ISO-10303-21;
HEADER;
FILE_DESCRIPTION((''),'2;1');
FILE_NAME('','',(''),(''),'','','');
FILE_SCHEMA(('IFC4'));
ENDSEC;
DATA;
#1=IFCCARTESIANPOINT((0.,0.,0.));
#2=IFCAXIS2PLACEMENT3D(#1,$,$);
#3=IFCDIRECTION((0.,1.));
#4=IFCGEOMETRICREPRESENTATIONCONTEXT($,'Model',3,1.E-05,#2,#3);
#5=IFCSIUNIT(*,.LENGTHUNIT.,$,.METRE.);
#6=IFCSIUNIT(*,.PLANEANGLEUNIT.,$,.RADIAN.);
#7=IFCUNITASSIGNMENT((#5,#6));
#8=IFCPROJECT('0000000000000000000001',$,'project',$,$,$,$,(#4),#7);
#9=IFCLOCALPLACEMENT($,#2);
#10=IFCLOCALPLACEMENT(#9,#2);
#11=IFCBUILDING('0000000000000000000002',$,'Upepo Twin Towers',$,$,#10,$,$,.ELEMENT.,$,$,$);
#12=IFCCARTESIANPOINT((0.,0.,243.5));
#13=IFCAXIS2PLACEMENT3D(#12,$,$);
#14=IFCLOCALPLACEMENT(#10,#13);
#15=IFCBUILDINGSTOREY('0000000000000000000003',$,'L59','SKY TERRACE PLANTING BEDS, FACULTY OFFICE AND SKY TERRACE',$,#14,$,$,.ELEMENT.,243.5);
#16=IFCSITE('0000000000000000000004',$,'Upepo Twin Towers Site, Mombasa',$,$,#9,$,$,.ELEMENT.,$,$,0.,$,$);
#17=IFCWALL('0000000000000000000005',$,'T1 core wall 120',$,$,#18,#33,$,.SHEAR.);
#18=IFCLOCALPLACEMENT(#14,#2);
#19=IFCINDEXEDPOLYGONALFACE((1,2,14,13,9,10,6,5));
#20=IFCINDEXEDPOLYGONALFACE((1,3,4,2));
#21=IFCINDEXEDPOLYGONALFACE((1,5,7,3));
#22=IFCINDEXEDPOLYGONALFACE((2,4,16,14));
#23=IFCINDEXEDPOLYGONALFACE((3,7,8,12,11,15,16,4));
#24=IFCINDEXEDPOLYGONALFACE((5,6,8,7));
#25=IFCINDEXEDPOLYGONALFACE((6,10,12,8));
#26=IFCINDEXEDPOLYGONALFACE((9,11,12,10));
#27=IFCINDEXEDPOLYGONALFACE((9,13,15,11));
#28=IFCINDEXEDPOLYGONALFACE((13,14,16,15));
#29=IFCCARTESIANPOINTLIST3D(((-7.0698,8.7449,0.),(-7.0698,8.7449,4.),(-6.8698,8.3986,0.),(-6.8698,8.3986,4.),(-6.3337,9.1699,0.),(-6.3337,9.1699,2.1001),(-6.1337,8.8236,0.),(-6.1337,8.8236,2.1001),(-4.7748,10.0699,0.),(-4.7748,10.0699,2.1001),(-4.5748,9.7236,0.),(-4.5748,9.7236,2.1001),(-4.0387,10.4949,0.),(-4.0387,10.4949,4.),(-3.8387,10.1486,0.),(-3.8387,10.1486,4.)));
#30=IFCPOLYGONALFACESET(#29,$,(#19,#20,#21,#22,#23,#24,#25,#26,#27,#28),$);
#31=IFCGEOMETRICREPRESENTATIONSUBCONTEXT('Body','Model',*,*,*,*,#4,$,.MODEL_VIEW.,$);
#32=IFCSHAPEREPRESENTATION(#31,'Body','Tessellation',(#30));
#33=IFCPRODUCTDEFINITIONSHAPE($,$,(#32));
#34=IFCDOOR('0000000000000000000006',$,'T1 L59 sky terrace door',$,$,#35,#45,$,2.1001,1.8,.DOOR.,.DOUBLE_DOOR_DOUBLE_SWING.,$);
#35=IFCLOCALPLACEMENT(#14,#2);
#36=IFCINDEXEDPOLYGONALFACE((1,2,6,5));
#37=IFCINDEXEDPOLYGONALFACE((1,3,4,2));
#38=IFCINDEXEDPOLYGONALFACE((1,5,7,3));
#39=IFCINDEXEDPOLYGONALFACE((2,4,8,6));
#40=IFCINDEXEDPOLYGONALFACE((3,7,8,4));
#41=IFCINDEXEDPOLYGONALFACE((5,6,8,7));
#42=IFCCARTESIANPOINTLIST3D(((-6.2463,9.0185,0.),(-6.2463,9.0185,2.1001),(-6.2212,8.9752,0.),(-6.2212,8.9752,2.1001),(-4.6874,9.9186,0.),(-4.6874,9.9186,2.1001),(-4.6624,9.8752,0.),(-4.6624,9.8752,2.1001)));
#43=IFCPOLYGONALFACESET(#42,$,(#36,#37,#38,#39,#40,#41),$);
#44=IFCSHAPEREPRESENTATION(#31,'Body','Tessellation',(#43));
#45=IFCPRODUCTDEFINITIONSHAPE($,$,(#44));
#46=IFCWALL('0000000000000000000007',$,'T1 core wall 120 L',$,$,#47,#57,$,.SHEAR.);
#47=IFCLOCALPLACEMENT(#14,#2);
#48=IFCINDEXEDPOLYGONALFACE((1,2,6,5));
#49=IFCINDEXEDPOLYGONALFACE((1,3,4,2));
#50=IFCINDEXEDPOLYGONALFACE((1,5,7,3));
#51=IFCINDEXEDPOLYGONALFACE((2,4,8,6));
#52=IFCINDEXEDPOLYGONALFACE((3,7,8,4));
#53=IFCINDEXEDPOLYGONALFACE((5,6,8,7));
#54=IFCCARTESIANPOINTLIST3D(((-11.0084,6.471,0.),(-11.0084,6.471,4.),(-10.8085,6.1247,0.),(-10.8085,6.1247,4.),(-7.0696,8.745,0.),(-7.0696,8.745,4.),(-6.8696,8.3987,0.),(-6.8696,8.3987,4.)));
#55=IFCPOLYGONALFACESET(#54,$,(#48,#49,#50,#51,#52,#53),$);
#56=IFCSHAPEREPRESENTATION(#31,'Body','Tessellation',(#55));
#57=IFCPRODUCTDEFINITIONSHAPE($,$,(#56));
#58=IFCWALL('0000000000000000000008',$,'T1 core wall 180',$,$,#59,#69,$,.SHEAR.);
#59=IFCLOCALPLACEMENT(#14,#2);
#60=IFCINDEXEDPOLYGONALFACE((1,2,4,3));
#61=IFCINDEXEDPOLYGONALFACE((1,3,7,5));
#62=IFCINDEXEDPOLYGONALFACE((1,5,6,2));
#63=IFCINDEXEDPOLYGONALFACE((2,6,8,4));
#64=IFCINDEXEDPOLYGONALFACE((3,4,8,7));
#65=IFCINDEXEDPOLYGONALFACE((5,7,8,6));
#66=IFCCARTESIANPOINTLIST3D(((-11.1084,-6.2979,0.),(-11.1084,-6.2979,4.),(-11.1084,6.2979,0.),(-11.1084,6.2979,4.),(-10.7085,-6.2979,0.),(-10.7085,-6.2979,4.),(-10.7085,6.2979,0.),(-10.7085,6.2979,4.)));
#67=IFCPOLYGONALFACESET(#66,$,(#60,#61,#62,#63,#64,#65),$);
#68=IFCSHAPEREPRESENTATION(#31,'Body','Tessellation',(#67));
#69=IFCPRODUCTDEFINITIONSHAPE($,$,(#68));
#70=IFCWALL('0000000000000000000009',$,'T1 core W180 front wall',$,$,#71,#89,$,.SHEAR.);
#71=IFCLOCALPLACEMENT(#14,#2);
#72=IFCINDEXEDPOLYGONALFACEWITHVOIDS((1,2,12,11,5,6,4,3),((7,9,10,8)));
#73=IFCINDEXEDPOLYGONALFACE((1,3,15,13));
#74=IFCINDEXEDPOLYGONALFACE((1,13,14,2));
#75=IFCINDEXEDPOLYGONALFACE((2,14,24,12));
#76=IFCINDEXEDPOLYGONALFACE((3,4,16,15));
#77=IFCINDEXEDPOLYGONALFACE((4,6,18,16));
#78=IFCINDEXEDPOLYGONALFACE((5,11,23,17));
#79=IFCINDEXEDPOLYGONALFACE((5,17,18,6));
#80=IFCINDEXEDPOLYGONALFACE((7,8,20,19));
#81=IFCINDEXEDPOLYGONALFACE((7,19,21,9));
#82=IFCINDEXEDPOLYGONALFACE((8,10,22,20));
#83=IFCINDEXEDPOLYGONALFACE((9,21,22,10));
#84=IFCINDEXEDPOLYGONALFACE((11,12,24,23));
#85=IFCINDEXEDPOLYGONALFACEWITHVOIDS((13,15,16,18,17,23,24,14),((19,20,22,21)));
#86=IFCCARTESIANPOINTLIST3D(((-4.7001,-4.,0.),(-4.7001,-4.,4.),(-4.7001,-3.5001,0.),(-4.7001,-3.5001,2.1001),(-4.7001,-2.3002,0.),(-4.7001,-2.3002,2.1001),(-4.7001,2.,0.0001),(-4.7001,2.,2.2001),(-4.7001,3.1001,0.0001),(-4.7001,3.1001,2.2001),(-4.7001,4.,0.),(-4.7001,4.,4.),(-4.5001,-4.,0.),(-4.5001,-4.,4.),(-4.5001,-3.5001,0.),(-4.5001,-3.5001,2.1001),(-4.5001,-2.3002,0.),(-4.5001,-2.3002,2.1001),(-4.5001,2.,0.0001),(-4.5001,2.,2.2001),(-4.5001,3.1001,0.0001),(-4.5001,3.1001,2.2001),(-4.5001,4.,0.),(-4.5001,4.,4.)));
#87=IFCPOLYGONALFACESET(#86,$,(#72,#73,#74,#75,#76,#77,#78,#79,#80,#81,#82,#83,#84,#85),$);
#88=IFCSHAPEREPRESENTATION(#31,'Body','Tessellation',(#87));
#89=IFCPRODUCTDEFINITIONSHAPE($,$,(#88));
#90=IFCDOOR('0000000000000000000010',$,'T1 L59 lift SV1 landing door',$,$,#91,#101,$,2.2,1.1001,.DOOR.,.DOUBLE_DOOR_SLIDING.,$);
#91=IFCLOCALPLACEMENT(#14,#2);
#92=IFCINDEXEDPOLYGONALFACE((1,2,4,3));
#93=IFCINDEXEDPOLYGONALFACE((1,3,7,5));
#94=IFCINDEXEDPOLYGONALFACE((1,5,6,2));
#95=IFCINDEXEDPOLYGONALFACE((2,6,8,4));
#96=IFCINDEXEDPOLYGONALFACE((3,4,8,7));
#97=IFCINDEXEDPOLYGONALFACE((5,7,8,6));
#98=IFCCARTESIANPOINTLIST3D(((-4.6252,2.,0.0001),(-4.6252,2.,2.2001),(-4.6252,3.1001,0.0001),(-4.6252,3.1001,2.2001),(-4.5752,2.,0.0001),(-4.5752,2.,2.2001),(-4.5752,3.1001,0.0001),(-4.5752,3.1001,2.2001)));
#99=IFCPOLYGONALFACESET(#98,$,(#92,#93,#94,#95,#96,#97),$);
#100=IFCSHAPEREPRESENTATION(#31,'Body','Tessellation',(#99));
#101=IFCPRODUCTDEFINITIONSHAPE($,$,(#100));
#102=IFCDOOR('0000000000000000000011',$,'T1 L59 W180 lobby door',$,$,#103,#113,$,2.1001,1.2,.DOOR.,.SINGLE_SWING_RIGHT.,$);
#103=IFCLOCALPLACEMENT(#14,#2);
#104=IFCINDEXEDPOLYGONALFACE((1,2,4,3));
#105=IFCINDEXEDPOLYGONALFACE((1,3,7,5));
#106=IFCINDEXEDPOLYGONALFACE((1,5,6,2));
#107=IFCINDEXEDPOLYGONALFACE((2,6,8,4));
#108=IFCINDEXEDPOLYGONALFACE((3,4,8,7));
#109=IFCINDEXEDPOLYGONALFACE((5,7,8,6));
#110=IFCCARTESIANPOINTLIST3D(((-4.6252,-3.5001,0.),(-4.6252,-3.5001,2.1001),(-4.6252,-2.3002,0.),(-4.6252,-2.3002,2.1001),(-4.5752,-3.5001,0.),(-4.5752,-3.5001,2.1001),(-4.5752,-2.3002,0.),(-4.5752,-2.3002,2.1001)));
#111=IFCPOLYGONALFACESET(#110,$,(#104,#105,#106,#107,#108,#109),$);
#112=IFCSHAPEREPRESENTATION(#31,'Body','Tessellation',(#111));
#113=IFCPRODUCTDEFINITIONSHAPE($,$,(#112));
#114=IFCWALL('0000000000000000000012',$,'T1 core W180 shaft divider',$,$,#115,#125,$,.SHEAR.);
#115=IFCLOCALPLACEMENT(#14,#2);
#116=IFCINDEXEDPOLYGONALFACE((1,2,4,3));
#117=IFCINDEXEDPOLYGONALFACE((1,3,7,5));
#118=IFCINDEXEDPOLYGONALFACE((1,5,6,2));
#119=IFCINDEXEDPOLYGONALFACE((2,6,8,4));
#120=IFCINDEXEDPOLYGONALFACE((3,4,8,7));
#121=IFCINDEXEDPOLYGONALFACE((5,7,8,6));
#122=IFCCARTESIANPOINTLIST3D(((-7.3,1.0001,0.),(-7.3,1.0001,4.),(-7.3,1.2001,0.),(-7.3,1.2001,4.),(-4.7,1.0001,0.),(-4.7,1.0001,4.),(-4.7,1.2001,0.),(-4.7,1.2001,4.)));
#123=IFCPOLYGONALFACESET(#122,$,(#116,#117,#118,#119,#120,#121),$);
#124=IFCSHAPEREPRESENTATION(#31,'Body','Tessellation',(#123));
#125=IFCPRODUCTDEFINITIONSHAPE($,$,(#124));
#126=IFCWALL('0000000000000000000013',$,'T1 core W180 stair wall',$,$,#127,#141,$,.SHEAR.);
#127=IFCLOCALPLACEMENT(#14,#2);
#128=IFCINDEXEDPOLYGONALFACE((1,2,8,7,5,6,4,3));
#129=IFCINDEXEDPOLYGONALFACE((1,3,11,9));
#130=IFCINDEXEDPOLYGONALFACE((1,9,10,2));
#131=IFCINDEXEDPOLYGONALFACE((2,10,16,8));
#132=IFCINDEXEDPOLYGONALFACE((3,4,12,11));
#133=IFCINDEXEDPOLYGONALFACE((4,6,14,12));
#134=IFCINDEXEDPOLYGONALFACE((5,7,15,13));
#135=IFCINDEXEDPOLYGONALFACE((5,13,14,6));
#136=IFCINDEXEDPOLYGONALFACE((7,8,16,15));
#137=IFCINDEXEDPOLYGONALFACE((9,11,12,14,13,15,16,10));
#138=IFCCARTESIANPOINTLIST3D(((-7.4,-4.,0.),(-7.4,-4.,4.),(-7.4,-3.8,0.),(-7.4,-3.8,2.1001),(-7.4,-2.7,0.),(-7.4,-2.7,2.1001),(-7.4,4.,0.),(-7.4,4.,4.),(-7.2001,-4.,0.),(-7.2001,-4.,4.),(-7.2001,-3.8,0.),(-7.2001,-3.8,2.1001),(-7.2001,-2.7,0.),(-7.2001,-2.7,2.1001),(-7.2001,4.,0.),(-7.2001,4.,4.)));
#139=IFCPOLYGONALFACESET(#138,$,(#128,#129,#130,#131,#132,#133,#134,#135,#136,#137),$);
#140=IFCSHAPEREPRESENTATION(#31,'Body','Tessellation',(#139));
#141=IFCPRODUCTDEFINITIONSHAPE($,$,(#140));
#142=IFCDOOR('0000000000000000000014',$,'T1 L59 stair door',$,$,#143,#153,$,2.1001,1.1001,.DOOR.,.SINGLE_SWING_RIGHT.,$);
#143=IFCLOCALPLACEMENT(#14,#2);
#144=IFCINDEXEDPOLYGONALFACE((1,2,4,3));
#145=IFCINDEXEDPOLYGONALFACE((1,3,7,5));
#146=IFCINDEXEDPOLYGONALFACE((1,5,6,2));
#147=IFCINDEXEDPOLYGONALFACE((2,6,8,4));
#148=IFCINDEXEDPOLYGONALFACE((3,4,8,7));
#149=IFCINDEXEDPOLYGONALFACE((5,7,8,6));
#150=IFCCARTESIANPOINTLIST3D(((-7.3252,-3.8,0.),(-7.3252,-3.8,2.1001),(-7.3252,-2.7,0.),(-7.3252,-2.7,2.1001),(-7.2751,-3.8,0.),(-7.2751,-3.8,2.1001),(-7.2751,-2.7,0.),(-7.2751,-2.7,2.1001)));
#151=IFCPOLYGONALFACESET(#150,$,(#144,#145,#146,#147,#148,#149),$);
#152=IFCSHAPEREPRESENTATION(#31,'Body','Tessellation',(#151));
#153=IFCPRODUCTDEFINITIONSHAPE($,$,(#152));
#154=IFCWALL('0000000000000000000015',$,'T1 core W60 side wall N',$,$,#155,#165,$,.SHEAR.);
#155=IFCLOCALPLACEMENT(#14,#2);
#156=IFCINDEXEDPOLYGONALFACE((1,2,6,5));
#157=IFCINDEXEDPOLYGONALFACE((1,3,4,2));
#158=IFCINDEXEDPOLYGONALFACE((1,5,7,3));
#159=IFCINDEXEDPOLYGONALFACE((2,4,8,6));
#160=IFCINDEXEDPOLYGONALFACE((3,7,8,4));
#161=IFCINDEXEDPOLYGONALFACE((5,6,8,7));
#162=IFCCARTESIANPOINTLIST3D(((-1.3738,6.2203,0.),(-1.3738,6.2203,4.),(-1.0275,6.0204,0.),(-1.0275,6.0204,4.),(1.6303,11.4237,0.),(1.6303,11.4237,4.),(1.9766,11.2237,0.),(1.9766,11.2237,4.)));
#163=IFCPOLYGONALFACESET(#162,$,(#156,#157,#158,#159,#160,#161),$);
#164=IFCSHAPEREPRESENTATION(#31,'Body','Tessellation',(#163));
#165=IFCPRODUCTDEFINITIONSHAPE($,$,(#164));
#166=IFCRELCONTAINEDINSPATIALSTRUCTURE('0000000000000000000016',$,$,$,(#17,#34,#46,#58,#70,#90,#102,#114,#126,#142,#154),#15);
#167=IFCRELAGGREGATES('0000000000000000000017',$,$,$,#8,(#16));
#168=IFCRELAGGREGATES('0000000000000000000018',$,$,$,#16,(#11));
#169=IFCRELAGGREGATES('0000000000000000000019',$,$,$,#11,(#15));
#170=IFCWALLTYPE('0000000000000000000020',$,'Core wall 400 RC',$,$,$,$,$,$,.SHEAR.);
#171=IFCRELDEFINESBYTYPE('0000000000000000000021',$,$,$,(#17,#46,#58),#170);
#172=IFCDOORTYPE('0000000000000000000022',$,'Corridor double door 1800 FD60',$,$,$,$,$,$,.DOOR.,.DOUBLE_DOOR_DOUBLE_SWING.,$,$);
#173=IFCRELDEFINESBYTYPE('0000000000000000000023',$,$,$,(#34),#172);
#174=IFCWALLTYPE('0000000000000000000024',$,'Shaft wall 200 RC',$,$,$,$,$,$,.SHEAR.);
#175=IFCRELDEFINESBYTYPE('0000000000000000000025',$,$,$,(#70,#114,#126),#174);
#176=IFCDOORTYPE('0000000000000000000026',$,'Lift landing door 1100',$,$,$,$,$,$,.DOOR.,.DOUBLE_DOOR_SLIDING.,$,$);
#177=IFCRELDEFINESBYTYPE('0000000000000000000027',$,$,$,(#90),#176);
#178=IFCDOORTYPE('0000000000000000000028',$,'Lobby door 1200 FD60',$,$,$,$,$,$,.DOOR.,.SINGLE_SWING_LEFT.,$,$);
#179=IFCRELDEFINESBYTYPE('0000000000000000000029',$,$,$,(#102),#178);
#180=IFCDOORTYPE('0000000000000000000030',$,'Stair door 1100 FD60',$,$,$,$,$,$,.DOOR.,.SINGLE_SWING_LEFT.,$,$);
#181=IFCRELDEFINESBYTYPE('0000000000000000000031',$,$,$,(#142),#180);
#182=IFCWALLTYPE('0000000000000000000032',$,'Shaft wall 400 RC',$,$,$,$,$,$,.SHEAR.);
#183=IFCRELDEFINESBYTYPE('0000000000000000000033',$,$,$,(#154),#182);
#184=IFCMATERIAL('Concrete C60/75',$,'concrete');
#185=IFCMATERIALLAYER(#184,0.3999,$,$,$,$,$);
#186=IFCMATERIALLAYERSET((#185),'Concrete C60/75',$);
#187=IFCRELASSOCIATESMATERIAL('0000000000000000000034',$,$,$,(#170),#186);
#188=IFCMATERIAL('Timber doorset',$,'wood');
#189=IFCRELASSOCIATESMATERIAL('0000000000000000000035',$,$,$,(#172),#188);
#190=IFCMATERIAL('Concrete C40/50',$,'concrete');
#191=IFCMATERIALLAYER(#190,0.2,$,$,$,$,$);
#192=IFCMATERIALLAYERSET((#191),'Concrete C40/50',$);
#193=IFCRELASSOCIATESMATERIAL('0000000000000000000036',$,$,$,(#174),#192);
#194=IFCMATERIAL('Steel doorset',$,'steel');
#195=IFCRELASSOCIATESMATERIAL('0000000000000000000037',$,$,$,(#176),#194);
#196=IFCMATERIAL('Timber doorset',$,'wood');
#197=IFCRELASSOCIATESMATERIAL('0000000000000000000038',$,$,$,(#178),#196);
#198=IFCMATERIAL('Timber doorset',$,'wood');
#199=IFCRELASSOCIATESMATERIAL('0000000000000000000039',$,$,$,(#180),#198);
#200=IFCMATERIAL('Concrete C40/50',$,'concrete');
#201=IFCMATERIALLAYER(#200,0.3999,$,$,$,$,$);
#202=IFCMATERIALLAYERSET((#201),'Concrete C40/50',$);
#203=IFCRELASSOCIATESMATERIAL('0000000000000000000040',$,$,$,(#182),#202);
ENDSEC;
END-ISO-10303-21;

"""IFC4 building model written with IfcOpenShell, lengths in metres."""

from ifc_helpers import new_model, si_unit, direction, frame, frame_2d, origin, place, context, subcontext, project, spatial, rectangle, extrude, material, layer, layer_set, type_object, element, fill, save


model = new_model("IFC4")

# Units and contexts
model_context = context("Model", 3, precision=1e-05, world=origin(), true_north=direction((0.0, 1.0)))
body_context = subcontext(model_context, "Body", "Model", "MODEL_VIEW")
ifc_project = project(units=[si_unit("LENGTHUNIT", "METRE"), si_unit("PLANEANGLEUNIT", "RADIAN")], contexts=[model_context])

# Site, building, storey
site_placement = place(None, origin())
site = spatial("IfcSite", under=ifc_project, at=site_placement, Name="Upepo Twin Towers Site, Mombasa", CompositionType="ELEMENT", RefElevation=0.0)
building_placement = place(site_placement, origin())
building = spatial("IfcBuilding", under=site, at=building_placement, Name="Upepo Twin Towers", CompositionType="ELEMENT")
storey_placement = place(building_placement, frame((0.0, 0.0, 243.5)))
storey = spatial("IfcBuildingStorey", under=building, at=storey_placement, Name="L59", Description="SKY TERRACE PLANTING BEDS, FACULTY OFFICE AND SKY TERRACE", CompositionType="ELEMENT", Elevation=243.5)

# Wall, opening, door
ifc_material_1 = material(Name="Concrete C60/75", Category="concrete")
ifc_layer_1 = layer(ifc_material_1, 0.3999)
ifc_layer_set_1 = layer_set([ifc_layer_1], Name="Concrete C60/75")
wall_type_1 = type_object("IfcWallType", Name="Core wall 400 RC", PredefinedType="SHEAR", material=ifc_layer_set_1)
wall_1_placement = place(storey_placement, frame((-3.9387, 10.3218, 0.0), z_axis=(0.0, 0.0, 1.0), x_axis=(-0.866019, -0.50001, 0.0)))
wall_1 = element("IfcWall", 1, at=wall_1_placement, inside=storey, type_object=wall_type_1, Name="T1 core wall 120", PredefinedType="SHEAR", context=body_context, shape_type="SweptSolid", body=[
    extrude(rectangle(XDim=3.5, YDim=0.3999, at=frame_2d((1.75, 0.0))), origin(), (0.0, 0.0, 1.0), 4.0),
])
opening_1_placement = place(wall_1_placement, frame((0.8501, 0.0, 0.0)))
opening_1 = element("IfcOpeningElement", 2, at=opening_1_placement, cuts=wall_1, PredefinedType="OPENING", context=body_context, shape_type="SweptSolid", body=[
    extrude(rectangle(XDim=1.8, YDim=2.1001, at=frame_2d((0.8999, 1.05))), frame((0.0, 0.21, 0.0), z_axis=(0.0, -1.0, 0.0), x_axis=(1.0, 0.0, 0.0)), (0.0, 0.0, 1.0), 0.4199),
])
ifc_material_2 = material(Name="Timber doorset", Category="wood")
door_type_1 = type_object("IfcDoorType", Name="Corridor double door 1800 FD60", OperationType="DOUBLE_DOOR_DOUBLE_SWING", PredefinedType="DOOR", material=ifc_material_2)
door_1_placement = place(opening_1_placement, origin())
door_1 = element("IfcDoor", 3, at=door_1_placement, inside=storey, type_object=door_type_1, Name="T1 L59 sky terrace door", OperationType="DOUBLE_DOOR_DOUBLE_SWING", OverallHeight=2.1001, OverallWidth=1.8, PredefinedType="DOOR", context=body_context, shape_type="SweptSolid", body=[
    extrude(rectangle(XDim=1.8, YDim=2.1001, at=frame_2d((0.8999, 1.05))), frame((0.0, 0.0249, 0.0), z_axis=(0.0, -1.0, 0.0), x_axis=(1.0, 0.0, 0.0)), (0.0, 0.0, 1.0), 0.05),
])
fill(opening_1, door_1)

# Walls
wall_2_placement = place(storey_placement, frame((-6.9697, 8.5718, 0.0), z_axis=(0.0, 0.0, 1.0), x_axis=(-0.866035, -0.499984, 0.0)))
element("IfcWall", 4, at=wall_2_placement, inside=storey, type_object=wall_type_1, Name="T1 core wall 120 L", PredefinedType="SHEAR", context=body_context, shape_type="SweptSolid", body=[
    extrude(rectangle(XDim=4.5481, YDim=0.3999, at=frame_2d((2.2739, 0.0))), origin(), (0.0, 0.0, 1.0), 4.0),
])
wall_3_placement = place(storey_placement, frame((-10.9084, 6.2979, 0.0), z_axis=(0.0, 0.0, 1.0), x_axis=(0.0, -1.0, 0.0)))
element("IfcWall", 5, at=wall_3_placement, inside=storey, type_object=wall_type_1, Name="T1 core wall 180", PredefinedType="SHEAR", context=body_context, shape_type="SweptSolid", body=[
    extrude(rectangle(XDim=12.5957, YDim=0.3999, at=frame_2d((6.2979, 0.0))), origin(), (0.0, 0.0, 1.0), 4.0),
])

# Wall, openings, doors
ifc_material_3 = material(Name="Concrete C40/50", Category="concrete")
ifc_layer_2 = layer(ifc_material_3, 0.2)
ifc_layer_set_2 = layer_set([ifc_layer_2], Name="Concrete C40/50")
wall_type_2 = type_object("IfcWallType", Name="Shaft wall 200 RC", PredefinedType="SHEAR", material=ifc_layer_set_2)
wall_4_placement = place(storey_placement, frame((-4.6001, 4.0, 0.0), z_axis=(0.0, 0.0, 1.0), x_axis=(0.0, -1.0, 0.0)))
wall_4 = element("IfcWall", 6, at=wall_4_placement, inside=storey, type_object=wall_type_2, Name="T1 core W180 front wall", PredefinedType="SHEAR", context=body_context, shape_type="SweptSolid", body=[
    extrude(rectangle(XDim=8.0, YDim=0.2, at=frame_2d((4.0, 0.0))), origin(), (0.0, 0.0, 1.0), 4.0),
])
opening_2_placement = place(wall_4_placement, frame((6.3, 0.0, 0.0)))
opening_2 = element("IfcOpeningElement", 7, at=opening_2_placement, cuts=wall_4, PredefinedType="OPENING", context=body_context, shape_type="SweptSolid", body=[
    extrude(rectangle(XDim=1.2, YDim=2.1001, at=frame_2d((0.6001, 1.05))), frame((0.0, 0.1099, 0.0), z_axis=(0.0, -1.0, 0.0), x_axis=(1.0, 0.0, 0.0)), (0.0, 0.0, 1.0), 0.22),
])
opening_3_placement = place(wall_4_placement, frame((0.8999, 0.0, 0.0)))
opening_3 = element("IfcOpeningElement", 8, at=opening_3_placement, cuts=wall_4, PredefinedType="OPENING", context=body_context, shape_type="SweptSolid", body=[
    extrude(rectangle(XDim=1.1001, YDim=2.2, at=frame_2d((0.55, 1.1001))), frame((0.0, 0.1099, 0.0), z_axis=(0.0, -1.0, 0.0), x_axis=(1.0, 0.0, 0.0)), (0.0, 0.0, 1.0), 0.22),
])
ifc_material_4 = material(Name="Steel doorset", Category="steel")
door_type_2 = type_object("IfcDoorType", Name="Lift landing door 1100", OperationType="DOUBLE_DOOR_SLIDING", PredefinedType="DOOR", material=ifc_material_4)
door_2_placement = place(opening_3_placement, origin())
door_2 = element("IfcDoor", 9, at=door_2_placement, inside=storey, type_object=door_type_2, Name="T1 L59 lift SV1 landing door", OperationType="DOUBLE_DOOR_SLIDING", OverallHeight=2.2, OverallWidth=1.1001, PredefinedType="DOOR", context=body_context, shape_type="SweptSolid", body=[
    extrude(rectangle(XDim=1.1001, YDim=2.2, at=frame_2d((0.55, 1.1001))), frame((0.0, 0.0249, 0.0), z_axis=(0.0, -1.0, 0.0), x_axis=(1.0, 0.0, 0.0)), (0.0, 0.0, 1.0), 0.05),
])
fill(opening_3, door_2)
ifc_material_5 = material(Name="Timber doorset", Category="wood")
door_type_3 = type_object("IfcDoorType", Name="Lobby door 1200 FD60", OperationType="SINGLE_SWING_LEFT", PredefinedType="DOOR", material=ifc_material_5)
door_3_placement = place(opening_2_placement, origin())
door_3 = element("IfcDoor", 10, at=door_3_placement, inside=storey, type_object=door_type_3, Name="T1 L59 W180 lobby door", OperationType="SINGLE_SWING_RIGHT", OverallHeight=2.1001, OverallWidth=1.2, PredefinedType="DOOR", context=body_context, shape_type="SweptSolid", body=[
    extrude(rectangle(XDim=1.2, YDim=2.1001, at=frame_2d((0.6001, 1.05))), frame((0.0, 0.0249, 0.0), z_axis=(0.0, -1.0, 0.0), x_axis=(1.0, 0.0, 0.0)), (0.0, 0.0, 1.0), 0.05),
])
fill(opening_2, door_3)

# Wall
wall_5_placement = place(storey_placement, frame((-4.7, 1.1001, 0.0), z_axis=(0.0, 0.0, 1.0), x_axis=(-1.0, 0.0, 0.0)))
element("IfcWall", 11, at=wall_5_placement, inside=storey, type_object=wall_type_2, Name="T1 core W180 shaft divider", PredefinedType="SHEAR", context=body_context, shape_type="SweptSolid", body=[
    extrude(rectangle(XDim=2.6001, YDim=0.2, at=frame_2d((1.3, 0.0))), origin(), (0.0, 0.0, 1.0), 4.0),
])

# Wall, opening, door
wall_6_placement = place(storey_placement, frame((-7.3, 4.0, 0.0), z_axis=(0.0, 0.0, 1.0), x_axis=(0.0, -1.0, 0.0)))
wall_6 = element("IfcWall", 12, at=wall_6_placement, inside=storey, type_object=wall_type_2, Name="T1 core W180 stair wall", PredefinedType="SHEAR", context=body_context, shape_type="SweptSolid", body=[
    extrude(rectangle(XDim=8.0, YDim=0.2, at=frame_2d((4.0, 0.0))), origin(), (0.0, 0.0, 1.0), 4.0),
])
opening_4_placement = place(wall_6_placement, frame((6.7, 0.0, 0.0)))
opening_4 = element("IfcOpeningElement", 13, at=opening_4_placement, cuts=wall_6, PredefinedType="OPENING", context=body_context, shape_type="SweptSolid", body=[
    extrude(rectangle(XDim=1.1001, YDim=2.1001, at=frame_2d((0.55, 1.05))), frame((0.0, 0.1099, 0.0), z_axis=(0.0, -1.0, 0.0), x_axis=(1.0, 0.0, 0.0)), (0.0, 0.0, 1.0), 0.22),
])
ifc_material_6 = material(Name="Timber doorset", Category="wood")
door_type_4 = type_object("IfcDoorType", Name="Stair door 1100 FD60", OperationType="SINGLE_SWING_LEFT", PredefinedType="DOOR", material=ifc_material_6)
door_4_placement = place(opening_4_placement, origin())
door_4 = element("IfcDoor", 14, at=door_4_placement, inside=storey, type_object=door_type_4, Name="T1 L59 stair door", OperationType="SINGLE_SWING_RIGHT", OverallHeight=2.1001, OverallWidth=1.1001, PredefinedType="DOOR", context=body_context, shape_type="SweptSolid", body=[
    extrude(rectangle(XDim=1.1001, YDim=2.1001, at=frame_2d((0.55, 1.05))), frame((0.0, 0.0249, 0.0), z_axis=(0.0, -1.0, 0.0), x_axis=(1.0, 0.0, 0.0)), (0.0, 0.0, 1.0), 0.05),
])
fill(opening_4, door_4)

# Wall
ifc_material_7 = material(Name="Concrete C40/50", Category="concrete")
ifc_layer_3 = layer(ifc_material_7, 0.3999)
ifc_layer_set_3 = layer_set([ifc_layer_3], Name="Concrete C40/50")
wall_type_3 = type_object("IfcWallType", Name="Shaft wall 400 RC", PredefinedType="SHEAR", material=ifc_layer_set_3)
for number, where, z_axis, x_axis, name in (
    (15, (-1.2007, 6.1204, 0.0), (0.0, 0.0, 1.0), (0.499998, 0.866027, 0.0), "T1 core W60 side wall N"),
):
    element("IfcWall", number, at=place(storey_placement, frame(where, z_axis=z_axis, x_axis=x_axis)), inside=storey, type_object=wall_type_3, Name=name, PredefinedType="SHEAR", context=body_context, shape_type="SweptSolid", body=[
        extrude(rectangle(XDim=6.0083, YDim=0.3999, at=frame_2d((3.0042, 0.0))), origin(), (0.0, 0.0, 1.0), 4.0),
    ])

save(model, "model.ifc")
